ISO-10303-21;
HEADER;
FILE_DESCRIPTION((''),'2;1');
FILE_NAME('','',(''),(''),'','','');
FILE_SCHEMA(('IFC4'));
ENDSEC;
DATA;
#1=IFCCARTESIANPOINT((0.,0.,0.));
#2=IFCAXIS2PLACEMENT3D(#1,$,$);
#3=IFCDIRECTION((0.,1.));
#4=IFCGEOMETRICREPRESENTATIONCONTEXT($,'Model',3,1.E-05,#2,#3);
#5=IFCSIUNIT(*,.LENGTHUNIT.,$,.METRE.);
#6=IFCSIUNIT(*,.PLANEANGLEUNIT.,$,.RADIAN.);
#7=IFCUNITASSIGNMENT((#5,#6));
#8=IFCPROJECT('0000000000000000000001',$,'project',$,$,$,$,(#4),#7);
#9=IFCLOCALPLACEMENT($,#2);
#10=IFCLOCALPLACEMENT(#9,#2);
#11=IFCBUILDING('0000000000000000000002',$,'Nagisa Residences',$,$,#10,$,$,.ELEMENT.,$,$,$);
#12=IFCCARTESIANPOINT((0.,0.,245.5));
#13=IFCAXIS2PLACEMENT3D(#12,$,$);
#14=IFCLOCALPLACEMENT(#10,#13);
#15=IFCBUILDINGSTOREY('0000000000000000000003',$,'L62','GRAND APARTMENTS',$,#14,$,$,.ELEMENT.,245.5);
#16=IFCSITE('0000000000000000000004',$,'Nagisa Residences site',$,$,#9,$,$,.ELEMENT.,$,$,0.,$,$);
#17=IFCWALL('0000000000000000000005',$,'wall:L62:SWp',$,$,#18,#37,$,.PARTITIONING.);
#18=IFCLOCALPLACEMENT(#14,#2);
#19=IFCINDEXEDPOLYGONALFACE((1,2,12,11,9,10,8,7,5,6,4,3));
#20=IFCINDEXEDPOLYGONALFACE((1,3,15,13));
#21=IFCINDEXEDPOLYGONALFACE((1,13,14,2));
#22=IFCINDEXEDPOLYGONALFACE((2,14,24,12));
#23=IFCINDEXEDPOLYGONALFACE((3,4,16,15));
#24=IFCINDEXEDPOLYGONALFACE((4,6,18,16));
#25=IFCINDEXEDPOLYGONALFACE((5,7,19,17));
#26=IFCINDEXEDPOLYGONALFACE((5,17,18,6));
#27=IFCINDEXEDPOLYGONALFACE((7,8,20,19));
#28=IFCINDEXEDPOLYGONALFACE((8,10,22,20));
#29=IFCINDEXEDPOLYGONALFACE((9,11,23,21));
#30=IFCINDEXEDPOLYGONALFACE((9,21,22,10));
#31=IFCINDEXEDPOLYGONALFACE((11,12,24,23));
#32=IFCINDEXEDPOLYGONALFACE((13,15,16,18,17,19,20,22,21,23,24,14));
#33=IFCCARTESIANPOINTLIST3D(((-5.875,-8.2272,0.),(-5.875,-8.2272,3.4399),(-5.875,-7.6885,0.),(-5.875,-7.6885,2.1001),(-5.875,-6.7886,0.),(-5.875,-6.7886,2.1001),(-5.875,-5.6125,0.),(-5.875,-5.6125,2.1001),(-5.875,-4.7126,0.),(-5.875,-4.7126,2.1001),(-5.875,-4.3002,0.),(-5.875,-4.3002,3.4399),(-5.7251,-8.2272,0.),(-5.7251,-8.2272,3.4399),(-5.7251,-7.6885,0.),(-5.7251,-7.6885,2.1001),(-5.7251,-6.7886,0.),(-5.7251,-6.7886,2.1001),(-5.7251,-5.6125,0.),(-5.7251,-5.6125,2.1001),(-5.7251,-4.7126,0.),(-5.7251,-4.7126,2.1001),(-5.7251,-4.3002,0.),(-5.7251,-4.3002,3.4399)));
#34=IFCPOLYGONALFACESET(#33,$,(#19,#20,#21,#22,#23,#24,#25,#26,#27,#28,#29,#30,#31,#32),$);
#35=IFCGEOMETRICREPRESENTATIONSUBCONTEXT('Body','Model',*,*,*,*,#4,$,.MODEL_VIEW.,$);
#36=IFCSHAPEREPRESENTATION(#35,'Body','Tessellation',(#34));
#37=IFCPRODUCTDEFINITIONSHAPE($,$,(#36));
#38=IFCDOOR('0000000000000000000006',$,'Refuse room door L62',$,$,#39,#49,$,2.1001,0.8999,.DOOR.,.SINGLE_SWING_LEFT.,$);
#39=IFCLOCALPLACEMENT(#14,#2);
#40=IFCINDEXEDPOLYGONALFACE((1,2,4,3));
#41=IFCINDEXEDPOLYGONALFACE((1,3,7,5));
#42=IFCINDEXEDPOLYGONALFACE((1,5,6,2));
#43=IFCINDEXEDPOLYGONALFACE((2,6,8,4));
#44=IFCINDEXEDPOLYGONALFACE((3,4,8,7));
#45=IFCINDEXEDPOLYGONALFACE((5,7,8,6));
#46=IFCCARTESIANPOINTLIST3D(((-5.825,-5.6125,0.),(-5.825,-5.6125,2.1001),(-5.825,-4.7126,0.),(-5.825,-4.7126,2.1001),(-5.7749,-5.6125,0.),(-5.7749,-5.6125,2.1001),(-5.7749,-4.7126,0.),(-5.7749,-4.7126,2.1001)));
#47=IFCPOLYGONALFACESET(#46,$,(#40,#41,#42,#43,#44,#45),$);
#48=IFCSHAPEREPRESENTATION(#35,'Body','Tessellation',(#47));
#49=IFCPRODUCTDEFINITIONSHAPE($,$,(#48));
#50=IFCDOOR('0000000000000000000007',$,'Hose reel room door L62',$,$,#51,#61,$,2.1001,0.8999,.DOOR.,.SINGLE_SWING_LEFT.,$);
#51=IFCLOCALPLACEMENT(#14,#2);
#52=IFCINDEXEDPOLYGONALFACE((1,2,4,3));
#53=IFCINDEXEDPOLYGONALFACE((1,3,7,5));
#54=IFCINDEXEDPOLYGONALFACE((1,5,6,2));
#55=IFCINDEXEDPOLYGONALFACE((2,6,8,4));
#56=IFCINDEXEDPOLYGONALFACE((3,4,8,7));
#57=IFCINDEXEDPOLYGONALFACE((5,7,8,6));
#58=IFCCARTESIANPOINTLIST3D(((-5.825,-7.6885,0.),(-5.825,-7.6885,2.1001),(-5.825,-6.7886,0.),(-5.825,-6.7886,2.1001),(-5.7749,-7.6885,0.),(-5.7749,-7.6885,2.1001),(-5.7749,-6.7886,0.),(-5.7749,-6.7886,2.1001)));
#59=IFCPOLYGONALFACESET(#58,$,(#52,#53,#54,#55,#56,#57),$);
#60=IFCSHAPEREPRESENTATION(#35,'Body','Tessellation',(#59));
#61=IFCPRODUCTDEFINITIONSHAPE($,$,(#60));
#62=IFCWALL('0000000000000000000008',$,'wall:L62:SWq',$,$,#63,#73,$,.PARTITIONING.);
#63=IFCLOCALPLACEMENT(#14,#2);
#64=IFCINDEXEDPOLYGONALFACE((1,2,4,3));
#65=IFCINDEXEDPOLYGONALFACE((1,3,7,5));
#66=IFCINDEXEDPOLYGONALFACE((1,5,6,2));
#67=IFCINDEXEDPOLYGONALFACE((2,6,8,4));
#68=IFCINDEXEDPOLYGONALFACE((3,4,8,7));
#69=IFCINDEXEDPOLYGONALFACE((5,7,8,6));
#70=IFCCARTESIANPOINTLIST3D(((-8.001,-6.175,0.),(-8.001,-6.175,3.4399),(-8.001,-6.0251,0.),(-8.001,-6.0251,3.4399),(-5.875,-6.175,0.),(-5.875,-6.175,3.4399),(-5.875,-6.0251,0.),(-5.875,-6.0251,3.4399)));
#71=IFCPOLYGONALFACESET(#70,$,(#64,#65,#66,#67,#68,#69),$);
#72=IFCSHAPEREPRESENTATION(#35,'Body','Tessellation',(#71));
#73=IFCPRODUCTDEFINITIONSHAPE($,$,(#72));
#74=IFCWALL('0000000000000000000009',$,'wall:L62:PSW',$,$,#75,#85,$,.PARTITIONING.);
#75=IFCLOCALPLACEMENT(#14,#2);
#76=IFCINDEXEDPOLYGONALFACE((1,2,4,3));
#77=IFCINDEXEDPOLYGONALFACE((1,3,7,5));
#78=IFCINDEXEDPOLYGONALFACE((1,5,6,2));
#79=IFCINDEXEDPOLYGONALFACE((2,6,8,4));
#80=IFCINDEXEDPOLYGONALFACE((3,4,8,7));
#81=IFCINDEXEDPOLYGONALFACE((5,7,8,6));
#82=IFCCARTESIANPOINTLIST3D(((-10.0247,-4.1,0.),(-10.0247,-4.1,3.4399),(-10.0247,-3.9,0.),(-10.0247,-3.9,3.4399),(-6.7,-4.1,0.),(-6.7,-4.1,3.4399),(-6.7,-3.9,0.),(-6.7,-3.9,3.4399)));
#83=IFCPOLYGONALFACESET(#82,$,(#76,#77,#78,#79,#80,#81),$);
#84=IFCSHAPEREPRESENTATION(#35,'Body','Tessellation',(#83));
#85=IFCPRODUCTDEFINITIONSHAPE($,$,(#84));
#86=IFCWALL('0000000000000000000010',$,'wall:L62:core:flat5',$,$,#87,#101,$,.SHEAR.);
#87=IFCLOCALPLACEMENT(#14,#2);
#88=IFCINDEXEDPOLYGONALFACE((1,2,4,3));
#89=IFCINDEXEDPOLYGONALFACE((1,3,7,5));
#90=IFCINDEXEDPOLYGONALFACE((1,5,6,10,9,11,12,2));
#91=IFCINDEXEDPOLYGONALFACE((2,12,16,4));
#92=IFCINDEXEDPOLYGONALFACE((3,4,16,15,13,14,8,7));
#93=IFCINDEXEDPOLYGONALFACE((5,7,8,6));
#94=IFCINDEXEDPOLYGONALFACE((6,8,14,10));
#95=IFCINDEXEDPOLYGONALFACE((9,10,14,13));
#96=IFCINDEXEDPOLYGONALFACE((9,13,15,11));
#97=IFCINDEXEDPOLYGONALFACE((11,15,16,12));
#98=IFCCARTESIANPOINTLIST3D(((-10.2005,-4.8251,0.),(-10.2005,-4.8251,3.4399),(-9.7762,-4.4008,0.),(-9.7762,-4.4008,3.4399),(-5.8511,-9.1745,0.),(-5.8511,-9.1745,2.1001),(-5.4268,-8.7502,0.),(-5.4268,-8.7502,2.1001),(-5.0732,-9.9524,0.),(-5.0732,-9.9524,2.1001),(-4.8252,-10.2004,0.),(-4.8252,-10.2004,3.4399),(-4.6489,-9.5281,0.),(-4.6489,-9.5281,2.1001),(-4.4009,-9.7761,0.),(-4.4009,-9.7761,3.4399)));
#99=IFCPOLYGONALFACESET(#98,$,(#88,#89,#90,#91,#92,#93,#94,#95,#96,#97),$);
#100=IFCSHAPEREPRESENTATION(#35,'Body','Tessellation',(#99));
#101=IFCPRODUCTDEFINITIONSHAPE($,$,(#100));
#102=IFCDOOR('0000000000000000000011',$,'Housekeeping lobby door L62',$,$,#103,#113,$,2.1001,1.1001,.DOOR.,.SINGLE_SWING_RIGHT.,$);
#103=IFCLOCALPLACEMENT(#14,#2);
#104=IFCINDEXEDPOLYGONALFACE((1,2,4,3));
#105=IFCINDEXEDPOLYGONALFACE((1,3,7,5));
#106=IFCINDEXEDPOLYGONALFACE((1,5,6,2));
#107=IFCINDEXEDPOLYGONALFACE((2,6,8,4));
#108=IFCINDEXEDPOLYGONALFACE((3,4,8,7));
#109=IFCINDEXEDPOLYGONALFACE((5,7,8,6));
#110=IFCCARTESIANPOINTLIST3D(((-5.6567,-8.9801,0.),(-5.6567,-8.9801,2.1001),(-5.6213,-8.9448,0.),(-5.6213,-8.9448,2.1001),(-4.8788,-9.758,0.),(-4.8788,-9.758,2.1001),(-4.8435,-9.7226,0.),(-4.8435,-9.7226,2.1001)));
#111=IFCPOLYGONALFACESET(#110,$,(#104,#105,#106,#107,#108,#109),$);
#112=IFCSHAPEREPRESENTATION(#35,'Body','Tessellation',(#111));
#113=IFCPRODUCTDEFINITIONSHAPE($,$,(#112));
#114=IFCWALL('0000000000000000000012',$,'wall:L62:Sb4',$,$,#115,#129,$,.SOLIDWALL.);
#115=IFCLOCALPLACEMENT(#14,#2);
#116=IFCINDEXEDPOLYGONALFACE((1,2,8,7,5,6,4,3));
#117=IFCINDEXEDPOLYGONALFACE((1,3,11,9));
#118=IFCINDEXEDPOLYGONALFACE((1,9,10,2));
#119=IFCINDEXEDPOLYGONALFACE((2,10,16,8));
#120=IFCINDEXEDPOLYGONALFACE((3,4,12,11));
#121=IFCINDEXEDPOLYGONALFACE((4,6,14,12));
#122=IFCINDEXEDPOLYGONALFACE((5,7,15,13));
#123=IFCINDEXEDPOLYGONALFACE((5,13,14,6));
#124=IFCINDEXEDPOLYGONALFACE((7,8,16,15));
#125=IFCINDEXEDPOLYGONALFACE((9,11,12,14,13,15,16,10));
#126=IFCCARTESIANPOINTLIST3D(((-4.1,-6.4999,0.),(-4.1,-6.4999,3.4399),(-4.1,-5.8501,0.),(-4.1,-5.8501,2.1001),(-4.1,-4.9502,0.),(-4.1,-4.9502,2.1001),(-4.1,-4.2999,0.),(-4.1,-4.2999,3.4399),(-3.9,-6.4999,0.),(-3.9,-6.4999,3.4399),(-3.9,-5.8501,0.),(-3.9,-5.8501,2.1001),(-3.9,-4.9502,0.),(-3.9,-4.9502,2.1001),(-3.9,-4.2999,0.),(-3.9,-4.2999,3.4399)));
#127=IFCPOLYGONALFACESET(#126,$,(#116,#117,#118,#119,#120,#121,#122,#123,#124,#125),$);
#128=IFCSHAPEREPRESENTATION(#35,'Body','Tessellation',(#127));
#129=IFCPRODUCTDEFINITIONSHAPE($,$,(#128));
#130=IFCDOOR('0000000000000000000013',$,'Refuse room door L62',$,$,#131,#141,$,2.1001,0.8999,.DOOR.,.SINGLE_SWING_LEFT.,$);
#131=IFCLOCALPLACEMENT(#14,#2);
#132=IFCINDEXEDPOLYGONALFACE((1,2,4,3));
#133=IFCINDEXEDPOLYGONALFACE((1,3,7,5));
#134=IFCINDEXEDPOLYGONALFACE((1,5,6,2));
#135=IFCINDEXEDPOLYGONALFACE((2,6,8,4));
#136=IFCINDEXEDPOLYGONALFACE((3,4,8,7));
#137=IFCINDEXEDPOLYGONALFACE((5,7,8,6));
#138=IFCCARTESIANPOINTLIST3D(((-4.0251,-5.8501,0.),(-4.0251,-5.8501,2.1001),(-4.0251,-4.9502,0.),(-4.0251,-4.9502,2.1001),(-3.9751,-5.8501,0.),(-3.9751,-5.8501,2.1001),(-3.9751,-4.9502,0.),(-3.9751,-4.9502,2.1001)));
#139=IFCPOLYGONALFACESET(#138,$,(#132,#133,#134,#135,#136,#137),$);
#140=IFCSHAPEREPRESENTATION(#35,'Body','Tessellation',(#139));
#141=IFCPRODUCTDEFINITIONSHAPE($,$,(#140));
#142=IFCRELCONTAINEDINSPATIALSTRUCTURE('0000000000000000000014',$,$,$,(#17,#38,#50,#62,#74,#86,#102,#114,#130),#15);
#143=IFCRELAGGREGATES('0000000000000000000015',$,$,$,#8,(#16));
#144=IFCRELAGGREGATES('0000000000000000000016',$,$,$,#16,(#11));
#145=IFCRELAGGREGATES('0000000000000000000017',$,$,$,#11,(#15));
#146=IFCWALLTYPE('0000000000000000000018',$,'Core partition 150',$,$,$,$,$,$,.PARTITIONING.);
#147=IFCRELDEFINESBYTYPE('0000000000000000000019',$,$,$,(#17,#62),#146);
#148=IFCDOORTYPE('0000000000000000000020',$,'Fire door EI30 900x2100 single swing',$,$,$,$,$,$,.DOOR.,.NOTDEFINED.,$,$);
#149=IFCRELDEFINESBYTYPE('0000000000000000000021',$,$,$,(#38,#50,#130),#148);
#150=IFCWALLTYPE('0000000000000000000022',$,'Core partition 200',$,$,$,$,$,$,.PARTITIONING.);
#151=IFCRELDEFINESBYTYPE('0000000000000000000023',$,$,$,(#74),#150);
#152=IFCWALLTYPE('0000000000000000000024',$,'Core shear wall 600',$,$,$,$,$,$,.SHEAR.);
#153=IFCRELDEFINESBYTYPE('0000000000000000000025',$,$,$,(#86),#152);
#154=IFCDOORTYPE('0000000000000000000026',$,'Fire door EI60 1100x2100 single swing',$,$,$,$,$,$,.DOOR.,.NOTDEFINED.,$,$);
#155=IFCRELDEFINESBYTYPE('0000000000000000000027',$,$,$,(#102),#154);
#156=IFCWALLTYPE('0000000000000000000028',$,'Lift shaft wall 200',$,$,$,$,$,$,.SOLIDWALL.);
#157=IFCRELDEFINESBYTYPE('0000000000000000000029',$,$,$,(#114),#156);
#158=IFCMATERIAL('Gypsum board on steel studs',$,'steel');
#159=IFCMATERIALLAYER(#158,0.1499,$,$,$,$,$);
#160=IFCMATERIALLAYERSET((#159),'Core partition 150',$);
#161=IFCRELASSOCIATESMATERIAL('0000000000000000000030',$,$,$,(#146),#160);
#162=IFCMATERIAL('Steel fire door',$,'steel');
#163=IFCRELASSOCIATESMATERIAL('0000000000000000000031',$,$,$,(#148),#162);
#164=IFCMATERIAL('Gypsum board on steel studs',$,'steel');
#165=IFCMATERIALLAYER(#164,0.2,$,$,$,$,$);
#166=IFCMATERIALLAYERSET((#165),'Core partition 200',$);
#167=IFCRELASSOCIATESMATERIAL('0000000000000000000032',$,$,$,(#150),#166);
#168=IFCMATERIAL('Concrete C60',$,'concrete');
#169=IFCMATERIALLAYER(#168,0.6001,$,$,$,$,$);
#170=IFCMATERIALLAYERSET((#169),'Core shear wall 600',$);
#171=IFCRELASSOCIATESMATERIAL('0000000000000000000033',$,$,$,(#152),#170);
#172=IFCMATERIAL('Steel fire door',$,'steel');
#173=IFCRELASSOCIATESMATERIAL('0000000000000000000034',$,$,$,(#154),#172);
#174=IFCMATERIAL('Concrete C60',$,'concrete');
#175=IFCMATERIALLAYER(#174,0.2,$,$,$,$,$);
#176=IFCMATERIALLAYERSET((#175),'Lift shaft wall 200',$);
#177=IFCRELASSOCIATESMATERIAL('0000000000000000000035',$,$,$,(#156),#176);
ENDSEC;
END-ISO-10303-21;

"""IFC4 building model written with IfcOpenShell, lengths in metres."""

from ifc_helpers import new_model, si_unit, direction, frame, frame_2d, origin, place, context, subcontext, project, spatial, rectangle, extrude, material, layer, layer_set, type_object, element, fill, save


model = new_model("IFC4")

# Units and contexts
model_context = context("Model", 3, precision=1e-05, world=origin(), true_north=direction((0.0, 1.0)))
body_context = subcontext(model_context, "Body", "Model", "MODEL_VIEW")
ifc_project = project(units=[si_unit("LENGTHUNIT", "METRE"), si_unit("PLANEANGLEUNIT", "RADIAN")], contexts=[model_context])

# Site, building, storey
site_placement = place(None, origin())
site = spatial("IfcSite", under=ifc_project, at=site_placement, Name="Nagisa Residences site", CompositionType="ELEMENT", RefElevation=0.0)
building_placement = place(site_placement, origin())
building = spatial("IfcBuilding", under=site, at=building_placement, Name="Nagisa Residences", CompositionType="ELEMENT")
storey_placement = place(building_placement, frame((0.0, 0.0, 245.5)))
storey = spatial("IfcBuildingStorey", under=building, at=storey_placement, Name="L62", Description="GRAND APARTMENTS", CompositionType="ELEMENT", Elevation=245.5)

# Wall, openings, doors
ifc_material_1 = material(Name="Gypsum board on steel studs", Category="steel")
ifc_layer_1 = layer(ifc_material_1, 0.1499)
ifc_layer_set_1 = layer_set([ifc_layer_1], Name="Core partition 150")
wall_type_1 = type_object("IfcWallType", Name="Core partition 150", PredefinedType="PARTITIONING", material=ifc_layer_set_1)
wall_1_placement = place(storey_placement, frame((-5.8, -8.2271, 0.0), z_axis=(0.0, 0.0, 1.0), x_axis=(0.0, 1.0, 0.0)))
wall_1 = element("IfcWall", 1, at=wall_1_placement, inside=storey, type_object=wall_type_1, Name="wall:L62:SWp", PredefinedType="PARTITIONING", context=body_context, shape_type="SweptSolid", body=[
    extrude(rectangle(XDim=3.927, YDim=0.1499, at=frame_2d((1.9634, 0.0))), origin(), (0.0, 0.0, 1.0), 3.4399),
])
opening_1_placement = place(wall_1_placement, frame((2.6145, 0.0, 0.0)))
opening_1 = element("IfcOpeningElement", 2, at=opening_1_placement, cuts=wall_1, PredefinedType="OPENING", context=body_context, shape_type="SweptSolid", body=[
    extrude(rectangle(XDim=0.8999, YDim=2.1001, at=frame_2d((0.45, 1.05))), frame((0.0, 0.085, 0.0), z_axis=(0.0, -1.0, 0.0), x_axis=(1.0, 0.0, 0.0)), (0.0, 0.0, 1.0), 0.1699),
])
opening_2_placement = place(wall_1_placement, frame((0.5386, 0.0, 0.0)))
opening_2 = element("IfcOpeningElement", 3, at=opening_2_placement, cuts=wall_1, PredefinedType="OPENING", context=body_context, shape_type="SweptSolid", body=[
    extrude(rectangle(XDim=0.8999, YDim=2.1001, at=frame_2d((0.45, 1.05))), frame((0.0, 0.085, 0.0), z_axis=(0.0, -1.0, 0.0), x_axis=(1.0, 0.0, 0.0)), (0.0, 0.0, 1.0), 0.1699),
])
ifc_material_2 = material(Name="Steel fire door", Category="steel")
door_type_1 = type_object("IfcDoorType", Name="Fire door EI30 900x2100 single swing", OperationType="NOTDEFINED", PredefinedType="DOOR", material=ifc_material_2)
door_1_placement = place(opening_1_placement, origin())
door_1 = element("IfcDoor", 4, at=door_1_placement, inside=storey, type_object=door_type_1, Name="Refuse room door L62", OperationType="SINGLE_SWING_LEFT", OverallHeight=2.1001, OverallWidth=0.8999, PredefinedType="DOOR", context=body_context, shape_type="SweptSolid", body=[
    extrude(rectangle(XDim=0.8999, YDim=2.1001, at=frame_2d((0.45, 1.05))), frame((0.0, 0.0249, 0.0), z_axis=(0.0, -1.0, 0.0), x_axis=(1.0, 0.0, 0.0)), (0.0, 0.0, 1.0), 0.05),
])
fill(opening_1, door_1)
door_2_placement = place(opening_2_placement, origin())
door_2 = element("IfcDoor", 5, at=door_2_placement, inside=storey, type_object=door_type_1, Name="Hose reel room door L62", OperationType="SINGLE_SWING_LEFT", OverallHeight=2.1001, OverallWidth=0.8999, PredefinedType="DOOR", context=body_context, shape_type="SweptSolid", body=[
    extrude(rectangle(XDim=0.8999, YDim=2.1001, at=frame_2d((0.45, 1.05))), frame((0.0, 0.0249, 0.0), z_axis=(0.0, -1.0, 0.0), x_axis=(1.0, 0.0, 0.0)), (0.0, 0.0, 1.0), 0.05),
])
fill(opening_2, door_2)

# Walls
wall_2_placement = place(storey_placement, frame((-8.001, -6.1001, 0.0), z_axis=(0.0, 0.0, 1.0), x_axis=(1.0, 0.0, 0.0)))
element("IfcWall", 6, at=wall_2_placement, inside=storey, type_object=wall_type_1, Name="wall:L62:SWq", PredefinedType="PARTITIONING", context=body_context, shape_type="SweptSolid", body=[
    extrude(rectangle(XDim=2.126, YDim=0.1499, at=frame_2d((1.063, 0.0))), origin(), (0.0, 0.0, 1.0), 3.4399),
])
ifc_material_3 = material(Name="Gypsum board on steel studs", Category="steel")
ifc_layer_2 = layer(ifc_material_3, 0.2)
ifc_layer_set_2 = layer_set([ifc_layer_2], Name="Core partition 200")
wall_type_2 = type_object("IfcWallType", Name="Core partition 200", PredefinedType="PARTITIONING", material=ifc_layer_set_2)
wall_3_placement = place(storey_placement, frame((-10.0247, -4.0, 0.0), z_axis=(0.0, 0.0, 1.0), x_axis=(1.0, 0.0, 0.0)))
element("IfcWall", 7, at=wall_3_placement, inside=storey, type_object=wall_type_2, Name="wall:L62:PSW", PredefinedType="PARTITIONING", context=body_context, shape_type="SweptSolid", body=[
    extrude(rectangle(XDim=3.3247, YDim=0.2, at=frame_2d((1.6624, 0.0))), origin(), (0.0, 0.0, 1.0), 3.4399),
])

# Walls, openings, doors
ifc_material_4 = material(Name="Concrete C60", Category="concrete")
ifc_layer_3 = layer(ifc_material_4, 0.6001)
ifc_layer_set_3 = layer_set([ifc_layer_3], Name="Core shear wall 600")
wall_type_3 = type_object("IfcWallType", Name="Core shear wall 600", PredefinedType="SHEAR", material=ifc_layer_set_3)
wall_4_placement = place(storey_placement, frame((-9.9883, -4.613, 0.0), z_axis=(0.0, 0.0, 1.0), x_axis=(0.707107, -0.707107, 0.0)))
wall_4 = element("IfcWall", 8, at=wall_4_placement, inside=storey, type_object=wall_type_3, Name="wall:L62:core:flat5", PredefinedType="SHEAR", context=body_context, shape_type="SweptSolid", body=[
    extrude(rectangle(XDim=7.6018, YDim=0.6001, at=frame_2d((3.8008, 0.0))), origin(), (0.0, 0.0, 1.0), 3.4399),
])
opening_3_placement = place(wall_4_placement, frame((6.1509, 0.0, 0.0)))
opening_3 = element("IfcOpeningElement", 9, at=opening_3_placement, cuts=wall_4, PredefinedType="OPENING", context=body_context, shape_type="SweptSolid", body=[
    extrude(rectangle(XDim=1.1001, YDim=2.1001, at=frame_2d((0.55, 1.05))), frame((0.0, 0.3101, 0.0), z_axis=(0.0, -1.0, 0.0), x_axis=(1.0, 0.0, 0.0)), (0.0, 0.0, 1.0), 0.6201),
])
ifc_material_5 = material(Name="Steel fire door", Category="steel")
door_type_2 = type_object("IfcDoorType", Name="Fire door EI60 1100x2100 single swing", OperationType="NOTDEFINED", PredefinedType="DOOR", material=ifc_material_5)
door_3_placement = place(opening_3_placement, origin())
door_3 = element("IfcDoor", 10, at=door_3_placement, inside=storey, type_object=door_type_2, Name="Housekeeping lobby door L62", OperationType="SINGLE_SWING_RIGHT", OverallHeight=2.1001, OverallWidth=1.1001, PredefinedType="DOOR", context=body_context, shape_type="SweptSolid", body=[
    extrude(rectangle(XDim=1.1001, YDim=2.1001, at=frame_2d((0.55, 1.05))), frame((0.0, 0.0249, 0.0), z_axis=(0.0, -1.0, 0.0), x_axis=(1.0, 0.0, 0.0)), (0.0, 0.0, 1.0), 0.05),
])
fill(opening_3, door_3)
ifc_material_6 = material(Name="Concrete C60", Category="concrete")
ifc_layer_4 = layer(ifc_material_6, 0.2)
ifc_layer_set_4 = layer_set([ifc_layer_4], Name="Lift shaft wall 200")
wall_type_4 = type_object("IfcWallType", Name="Lift shaft wall 200", PredefinedType="SOLIDWALL", material=ifc_layer_set_4)
wall_5_placement = place(storey_placement, frame((-4.0, -6.5, 0.0), z_axis=(0.0, 0.0, 1.0), x_axis=(0.0, 1.0, 0.0)))
wall_5 = element("IfcWall", 11, at=wall_5_placement, inside=storey, type_object=wall_type_4, Name="wall:L62:Sb4", PredefinedType="SOLIDWALL", context=body_context, shape_type="SweptSolid", body=[
    extrude(rectangle(XDim=2.2, YDim=0.2, at=frame_2d((1.1001, 0.0))), origin(), (0.0, 0.0, 1.0), 3.4399),
])
opening_4_placement = place(wall_5_placement, frame((0.6499, 0.0, 0.0)))
opening_4 = element("IfcOpeningElement", 12, at=opening_4_placement, cuts=wall_5, PredefinedType="OPENING", context=body_context, shape_type="SweptSolid", body=[
    extrude(rectangle(XDim=0.8999, YDim=2.1001, at=frame_2d((0.45, 1.05))), frame((0.0, 0.1099, 0.0), z_axis=(0.0, -1.0, 0.0), x_axis=(1.0, 0.0, 0.0)), (0.0, 0.0, 1.0), 0.22),
])
door_4_placement = place(opening_4_placement, frame((0.8999, 0.0, 0.0), x_axis=(-1.0, 0.0, 0.0)))
door_4 = element("IfcDoor", 13, at=door_4_placement, inside=storey, type_object=door_type_1, Name="Refuse room door L62", OperationType="SINGLE_SWING_LEFT", OverallHeight=2.1001, OverallWidth=0.8999, PredefinedType="DOOR", context=body_context, shape_type="SweptSolid", body=[
    extrude(rectangle(XDim=0.8999, YDim=2.1001, at=frame_2d((0.45, 1.05))), frame((0.0, 0.0249, 0.0), z_axis=(0.0, -1.0, 0.0), x_axis=(1.0, 0.0, 0.0)), (0.0, 0.0, 1.0), 0.05),
])
fill(opening_4, door_4)

save(model, "model.ifc")
